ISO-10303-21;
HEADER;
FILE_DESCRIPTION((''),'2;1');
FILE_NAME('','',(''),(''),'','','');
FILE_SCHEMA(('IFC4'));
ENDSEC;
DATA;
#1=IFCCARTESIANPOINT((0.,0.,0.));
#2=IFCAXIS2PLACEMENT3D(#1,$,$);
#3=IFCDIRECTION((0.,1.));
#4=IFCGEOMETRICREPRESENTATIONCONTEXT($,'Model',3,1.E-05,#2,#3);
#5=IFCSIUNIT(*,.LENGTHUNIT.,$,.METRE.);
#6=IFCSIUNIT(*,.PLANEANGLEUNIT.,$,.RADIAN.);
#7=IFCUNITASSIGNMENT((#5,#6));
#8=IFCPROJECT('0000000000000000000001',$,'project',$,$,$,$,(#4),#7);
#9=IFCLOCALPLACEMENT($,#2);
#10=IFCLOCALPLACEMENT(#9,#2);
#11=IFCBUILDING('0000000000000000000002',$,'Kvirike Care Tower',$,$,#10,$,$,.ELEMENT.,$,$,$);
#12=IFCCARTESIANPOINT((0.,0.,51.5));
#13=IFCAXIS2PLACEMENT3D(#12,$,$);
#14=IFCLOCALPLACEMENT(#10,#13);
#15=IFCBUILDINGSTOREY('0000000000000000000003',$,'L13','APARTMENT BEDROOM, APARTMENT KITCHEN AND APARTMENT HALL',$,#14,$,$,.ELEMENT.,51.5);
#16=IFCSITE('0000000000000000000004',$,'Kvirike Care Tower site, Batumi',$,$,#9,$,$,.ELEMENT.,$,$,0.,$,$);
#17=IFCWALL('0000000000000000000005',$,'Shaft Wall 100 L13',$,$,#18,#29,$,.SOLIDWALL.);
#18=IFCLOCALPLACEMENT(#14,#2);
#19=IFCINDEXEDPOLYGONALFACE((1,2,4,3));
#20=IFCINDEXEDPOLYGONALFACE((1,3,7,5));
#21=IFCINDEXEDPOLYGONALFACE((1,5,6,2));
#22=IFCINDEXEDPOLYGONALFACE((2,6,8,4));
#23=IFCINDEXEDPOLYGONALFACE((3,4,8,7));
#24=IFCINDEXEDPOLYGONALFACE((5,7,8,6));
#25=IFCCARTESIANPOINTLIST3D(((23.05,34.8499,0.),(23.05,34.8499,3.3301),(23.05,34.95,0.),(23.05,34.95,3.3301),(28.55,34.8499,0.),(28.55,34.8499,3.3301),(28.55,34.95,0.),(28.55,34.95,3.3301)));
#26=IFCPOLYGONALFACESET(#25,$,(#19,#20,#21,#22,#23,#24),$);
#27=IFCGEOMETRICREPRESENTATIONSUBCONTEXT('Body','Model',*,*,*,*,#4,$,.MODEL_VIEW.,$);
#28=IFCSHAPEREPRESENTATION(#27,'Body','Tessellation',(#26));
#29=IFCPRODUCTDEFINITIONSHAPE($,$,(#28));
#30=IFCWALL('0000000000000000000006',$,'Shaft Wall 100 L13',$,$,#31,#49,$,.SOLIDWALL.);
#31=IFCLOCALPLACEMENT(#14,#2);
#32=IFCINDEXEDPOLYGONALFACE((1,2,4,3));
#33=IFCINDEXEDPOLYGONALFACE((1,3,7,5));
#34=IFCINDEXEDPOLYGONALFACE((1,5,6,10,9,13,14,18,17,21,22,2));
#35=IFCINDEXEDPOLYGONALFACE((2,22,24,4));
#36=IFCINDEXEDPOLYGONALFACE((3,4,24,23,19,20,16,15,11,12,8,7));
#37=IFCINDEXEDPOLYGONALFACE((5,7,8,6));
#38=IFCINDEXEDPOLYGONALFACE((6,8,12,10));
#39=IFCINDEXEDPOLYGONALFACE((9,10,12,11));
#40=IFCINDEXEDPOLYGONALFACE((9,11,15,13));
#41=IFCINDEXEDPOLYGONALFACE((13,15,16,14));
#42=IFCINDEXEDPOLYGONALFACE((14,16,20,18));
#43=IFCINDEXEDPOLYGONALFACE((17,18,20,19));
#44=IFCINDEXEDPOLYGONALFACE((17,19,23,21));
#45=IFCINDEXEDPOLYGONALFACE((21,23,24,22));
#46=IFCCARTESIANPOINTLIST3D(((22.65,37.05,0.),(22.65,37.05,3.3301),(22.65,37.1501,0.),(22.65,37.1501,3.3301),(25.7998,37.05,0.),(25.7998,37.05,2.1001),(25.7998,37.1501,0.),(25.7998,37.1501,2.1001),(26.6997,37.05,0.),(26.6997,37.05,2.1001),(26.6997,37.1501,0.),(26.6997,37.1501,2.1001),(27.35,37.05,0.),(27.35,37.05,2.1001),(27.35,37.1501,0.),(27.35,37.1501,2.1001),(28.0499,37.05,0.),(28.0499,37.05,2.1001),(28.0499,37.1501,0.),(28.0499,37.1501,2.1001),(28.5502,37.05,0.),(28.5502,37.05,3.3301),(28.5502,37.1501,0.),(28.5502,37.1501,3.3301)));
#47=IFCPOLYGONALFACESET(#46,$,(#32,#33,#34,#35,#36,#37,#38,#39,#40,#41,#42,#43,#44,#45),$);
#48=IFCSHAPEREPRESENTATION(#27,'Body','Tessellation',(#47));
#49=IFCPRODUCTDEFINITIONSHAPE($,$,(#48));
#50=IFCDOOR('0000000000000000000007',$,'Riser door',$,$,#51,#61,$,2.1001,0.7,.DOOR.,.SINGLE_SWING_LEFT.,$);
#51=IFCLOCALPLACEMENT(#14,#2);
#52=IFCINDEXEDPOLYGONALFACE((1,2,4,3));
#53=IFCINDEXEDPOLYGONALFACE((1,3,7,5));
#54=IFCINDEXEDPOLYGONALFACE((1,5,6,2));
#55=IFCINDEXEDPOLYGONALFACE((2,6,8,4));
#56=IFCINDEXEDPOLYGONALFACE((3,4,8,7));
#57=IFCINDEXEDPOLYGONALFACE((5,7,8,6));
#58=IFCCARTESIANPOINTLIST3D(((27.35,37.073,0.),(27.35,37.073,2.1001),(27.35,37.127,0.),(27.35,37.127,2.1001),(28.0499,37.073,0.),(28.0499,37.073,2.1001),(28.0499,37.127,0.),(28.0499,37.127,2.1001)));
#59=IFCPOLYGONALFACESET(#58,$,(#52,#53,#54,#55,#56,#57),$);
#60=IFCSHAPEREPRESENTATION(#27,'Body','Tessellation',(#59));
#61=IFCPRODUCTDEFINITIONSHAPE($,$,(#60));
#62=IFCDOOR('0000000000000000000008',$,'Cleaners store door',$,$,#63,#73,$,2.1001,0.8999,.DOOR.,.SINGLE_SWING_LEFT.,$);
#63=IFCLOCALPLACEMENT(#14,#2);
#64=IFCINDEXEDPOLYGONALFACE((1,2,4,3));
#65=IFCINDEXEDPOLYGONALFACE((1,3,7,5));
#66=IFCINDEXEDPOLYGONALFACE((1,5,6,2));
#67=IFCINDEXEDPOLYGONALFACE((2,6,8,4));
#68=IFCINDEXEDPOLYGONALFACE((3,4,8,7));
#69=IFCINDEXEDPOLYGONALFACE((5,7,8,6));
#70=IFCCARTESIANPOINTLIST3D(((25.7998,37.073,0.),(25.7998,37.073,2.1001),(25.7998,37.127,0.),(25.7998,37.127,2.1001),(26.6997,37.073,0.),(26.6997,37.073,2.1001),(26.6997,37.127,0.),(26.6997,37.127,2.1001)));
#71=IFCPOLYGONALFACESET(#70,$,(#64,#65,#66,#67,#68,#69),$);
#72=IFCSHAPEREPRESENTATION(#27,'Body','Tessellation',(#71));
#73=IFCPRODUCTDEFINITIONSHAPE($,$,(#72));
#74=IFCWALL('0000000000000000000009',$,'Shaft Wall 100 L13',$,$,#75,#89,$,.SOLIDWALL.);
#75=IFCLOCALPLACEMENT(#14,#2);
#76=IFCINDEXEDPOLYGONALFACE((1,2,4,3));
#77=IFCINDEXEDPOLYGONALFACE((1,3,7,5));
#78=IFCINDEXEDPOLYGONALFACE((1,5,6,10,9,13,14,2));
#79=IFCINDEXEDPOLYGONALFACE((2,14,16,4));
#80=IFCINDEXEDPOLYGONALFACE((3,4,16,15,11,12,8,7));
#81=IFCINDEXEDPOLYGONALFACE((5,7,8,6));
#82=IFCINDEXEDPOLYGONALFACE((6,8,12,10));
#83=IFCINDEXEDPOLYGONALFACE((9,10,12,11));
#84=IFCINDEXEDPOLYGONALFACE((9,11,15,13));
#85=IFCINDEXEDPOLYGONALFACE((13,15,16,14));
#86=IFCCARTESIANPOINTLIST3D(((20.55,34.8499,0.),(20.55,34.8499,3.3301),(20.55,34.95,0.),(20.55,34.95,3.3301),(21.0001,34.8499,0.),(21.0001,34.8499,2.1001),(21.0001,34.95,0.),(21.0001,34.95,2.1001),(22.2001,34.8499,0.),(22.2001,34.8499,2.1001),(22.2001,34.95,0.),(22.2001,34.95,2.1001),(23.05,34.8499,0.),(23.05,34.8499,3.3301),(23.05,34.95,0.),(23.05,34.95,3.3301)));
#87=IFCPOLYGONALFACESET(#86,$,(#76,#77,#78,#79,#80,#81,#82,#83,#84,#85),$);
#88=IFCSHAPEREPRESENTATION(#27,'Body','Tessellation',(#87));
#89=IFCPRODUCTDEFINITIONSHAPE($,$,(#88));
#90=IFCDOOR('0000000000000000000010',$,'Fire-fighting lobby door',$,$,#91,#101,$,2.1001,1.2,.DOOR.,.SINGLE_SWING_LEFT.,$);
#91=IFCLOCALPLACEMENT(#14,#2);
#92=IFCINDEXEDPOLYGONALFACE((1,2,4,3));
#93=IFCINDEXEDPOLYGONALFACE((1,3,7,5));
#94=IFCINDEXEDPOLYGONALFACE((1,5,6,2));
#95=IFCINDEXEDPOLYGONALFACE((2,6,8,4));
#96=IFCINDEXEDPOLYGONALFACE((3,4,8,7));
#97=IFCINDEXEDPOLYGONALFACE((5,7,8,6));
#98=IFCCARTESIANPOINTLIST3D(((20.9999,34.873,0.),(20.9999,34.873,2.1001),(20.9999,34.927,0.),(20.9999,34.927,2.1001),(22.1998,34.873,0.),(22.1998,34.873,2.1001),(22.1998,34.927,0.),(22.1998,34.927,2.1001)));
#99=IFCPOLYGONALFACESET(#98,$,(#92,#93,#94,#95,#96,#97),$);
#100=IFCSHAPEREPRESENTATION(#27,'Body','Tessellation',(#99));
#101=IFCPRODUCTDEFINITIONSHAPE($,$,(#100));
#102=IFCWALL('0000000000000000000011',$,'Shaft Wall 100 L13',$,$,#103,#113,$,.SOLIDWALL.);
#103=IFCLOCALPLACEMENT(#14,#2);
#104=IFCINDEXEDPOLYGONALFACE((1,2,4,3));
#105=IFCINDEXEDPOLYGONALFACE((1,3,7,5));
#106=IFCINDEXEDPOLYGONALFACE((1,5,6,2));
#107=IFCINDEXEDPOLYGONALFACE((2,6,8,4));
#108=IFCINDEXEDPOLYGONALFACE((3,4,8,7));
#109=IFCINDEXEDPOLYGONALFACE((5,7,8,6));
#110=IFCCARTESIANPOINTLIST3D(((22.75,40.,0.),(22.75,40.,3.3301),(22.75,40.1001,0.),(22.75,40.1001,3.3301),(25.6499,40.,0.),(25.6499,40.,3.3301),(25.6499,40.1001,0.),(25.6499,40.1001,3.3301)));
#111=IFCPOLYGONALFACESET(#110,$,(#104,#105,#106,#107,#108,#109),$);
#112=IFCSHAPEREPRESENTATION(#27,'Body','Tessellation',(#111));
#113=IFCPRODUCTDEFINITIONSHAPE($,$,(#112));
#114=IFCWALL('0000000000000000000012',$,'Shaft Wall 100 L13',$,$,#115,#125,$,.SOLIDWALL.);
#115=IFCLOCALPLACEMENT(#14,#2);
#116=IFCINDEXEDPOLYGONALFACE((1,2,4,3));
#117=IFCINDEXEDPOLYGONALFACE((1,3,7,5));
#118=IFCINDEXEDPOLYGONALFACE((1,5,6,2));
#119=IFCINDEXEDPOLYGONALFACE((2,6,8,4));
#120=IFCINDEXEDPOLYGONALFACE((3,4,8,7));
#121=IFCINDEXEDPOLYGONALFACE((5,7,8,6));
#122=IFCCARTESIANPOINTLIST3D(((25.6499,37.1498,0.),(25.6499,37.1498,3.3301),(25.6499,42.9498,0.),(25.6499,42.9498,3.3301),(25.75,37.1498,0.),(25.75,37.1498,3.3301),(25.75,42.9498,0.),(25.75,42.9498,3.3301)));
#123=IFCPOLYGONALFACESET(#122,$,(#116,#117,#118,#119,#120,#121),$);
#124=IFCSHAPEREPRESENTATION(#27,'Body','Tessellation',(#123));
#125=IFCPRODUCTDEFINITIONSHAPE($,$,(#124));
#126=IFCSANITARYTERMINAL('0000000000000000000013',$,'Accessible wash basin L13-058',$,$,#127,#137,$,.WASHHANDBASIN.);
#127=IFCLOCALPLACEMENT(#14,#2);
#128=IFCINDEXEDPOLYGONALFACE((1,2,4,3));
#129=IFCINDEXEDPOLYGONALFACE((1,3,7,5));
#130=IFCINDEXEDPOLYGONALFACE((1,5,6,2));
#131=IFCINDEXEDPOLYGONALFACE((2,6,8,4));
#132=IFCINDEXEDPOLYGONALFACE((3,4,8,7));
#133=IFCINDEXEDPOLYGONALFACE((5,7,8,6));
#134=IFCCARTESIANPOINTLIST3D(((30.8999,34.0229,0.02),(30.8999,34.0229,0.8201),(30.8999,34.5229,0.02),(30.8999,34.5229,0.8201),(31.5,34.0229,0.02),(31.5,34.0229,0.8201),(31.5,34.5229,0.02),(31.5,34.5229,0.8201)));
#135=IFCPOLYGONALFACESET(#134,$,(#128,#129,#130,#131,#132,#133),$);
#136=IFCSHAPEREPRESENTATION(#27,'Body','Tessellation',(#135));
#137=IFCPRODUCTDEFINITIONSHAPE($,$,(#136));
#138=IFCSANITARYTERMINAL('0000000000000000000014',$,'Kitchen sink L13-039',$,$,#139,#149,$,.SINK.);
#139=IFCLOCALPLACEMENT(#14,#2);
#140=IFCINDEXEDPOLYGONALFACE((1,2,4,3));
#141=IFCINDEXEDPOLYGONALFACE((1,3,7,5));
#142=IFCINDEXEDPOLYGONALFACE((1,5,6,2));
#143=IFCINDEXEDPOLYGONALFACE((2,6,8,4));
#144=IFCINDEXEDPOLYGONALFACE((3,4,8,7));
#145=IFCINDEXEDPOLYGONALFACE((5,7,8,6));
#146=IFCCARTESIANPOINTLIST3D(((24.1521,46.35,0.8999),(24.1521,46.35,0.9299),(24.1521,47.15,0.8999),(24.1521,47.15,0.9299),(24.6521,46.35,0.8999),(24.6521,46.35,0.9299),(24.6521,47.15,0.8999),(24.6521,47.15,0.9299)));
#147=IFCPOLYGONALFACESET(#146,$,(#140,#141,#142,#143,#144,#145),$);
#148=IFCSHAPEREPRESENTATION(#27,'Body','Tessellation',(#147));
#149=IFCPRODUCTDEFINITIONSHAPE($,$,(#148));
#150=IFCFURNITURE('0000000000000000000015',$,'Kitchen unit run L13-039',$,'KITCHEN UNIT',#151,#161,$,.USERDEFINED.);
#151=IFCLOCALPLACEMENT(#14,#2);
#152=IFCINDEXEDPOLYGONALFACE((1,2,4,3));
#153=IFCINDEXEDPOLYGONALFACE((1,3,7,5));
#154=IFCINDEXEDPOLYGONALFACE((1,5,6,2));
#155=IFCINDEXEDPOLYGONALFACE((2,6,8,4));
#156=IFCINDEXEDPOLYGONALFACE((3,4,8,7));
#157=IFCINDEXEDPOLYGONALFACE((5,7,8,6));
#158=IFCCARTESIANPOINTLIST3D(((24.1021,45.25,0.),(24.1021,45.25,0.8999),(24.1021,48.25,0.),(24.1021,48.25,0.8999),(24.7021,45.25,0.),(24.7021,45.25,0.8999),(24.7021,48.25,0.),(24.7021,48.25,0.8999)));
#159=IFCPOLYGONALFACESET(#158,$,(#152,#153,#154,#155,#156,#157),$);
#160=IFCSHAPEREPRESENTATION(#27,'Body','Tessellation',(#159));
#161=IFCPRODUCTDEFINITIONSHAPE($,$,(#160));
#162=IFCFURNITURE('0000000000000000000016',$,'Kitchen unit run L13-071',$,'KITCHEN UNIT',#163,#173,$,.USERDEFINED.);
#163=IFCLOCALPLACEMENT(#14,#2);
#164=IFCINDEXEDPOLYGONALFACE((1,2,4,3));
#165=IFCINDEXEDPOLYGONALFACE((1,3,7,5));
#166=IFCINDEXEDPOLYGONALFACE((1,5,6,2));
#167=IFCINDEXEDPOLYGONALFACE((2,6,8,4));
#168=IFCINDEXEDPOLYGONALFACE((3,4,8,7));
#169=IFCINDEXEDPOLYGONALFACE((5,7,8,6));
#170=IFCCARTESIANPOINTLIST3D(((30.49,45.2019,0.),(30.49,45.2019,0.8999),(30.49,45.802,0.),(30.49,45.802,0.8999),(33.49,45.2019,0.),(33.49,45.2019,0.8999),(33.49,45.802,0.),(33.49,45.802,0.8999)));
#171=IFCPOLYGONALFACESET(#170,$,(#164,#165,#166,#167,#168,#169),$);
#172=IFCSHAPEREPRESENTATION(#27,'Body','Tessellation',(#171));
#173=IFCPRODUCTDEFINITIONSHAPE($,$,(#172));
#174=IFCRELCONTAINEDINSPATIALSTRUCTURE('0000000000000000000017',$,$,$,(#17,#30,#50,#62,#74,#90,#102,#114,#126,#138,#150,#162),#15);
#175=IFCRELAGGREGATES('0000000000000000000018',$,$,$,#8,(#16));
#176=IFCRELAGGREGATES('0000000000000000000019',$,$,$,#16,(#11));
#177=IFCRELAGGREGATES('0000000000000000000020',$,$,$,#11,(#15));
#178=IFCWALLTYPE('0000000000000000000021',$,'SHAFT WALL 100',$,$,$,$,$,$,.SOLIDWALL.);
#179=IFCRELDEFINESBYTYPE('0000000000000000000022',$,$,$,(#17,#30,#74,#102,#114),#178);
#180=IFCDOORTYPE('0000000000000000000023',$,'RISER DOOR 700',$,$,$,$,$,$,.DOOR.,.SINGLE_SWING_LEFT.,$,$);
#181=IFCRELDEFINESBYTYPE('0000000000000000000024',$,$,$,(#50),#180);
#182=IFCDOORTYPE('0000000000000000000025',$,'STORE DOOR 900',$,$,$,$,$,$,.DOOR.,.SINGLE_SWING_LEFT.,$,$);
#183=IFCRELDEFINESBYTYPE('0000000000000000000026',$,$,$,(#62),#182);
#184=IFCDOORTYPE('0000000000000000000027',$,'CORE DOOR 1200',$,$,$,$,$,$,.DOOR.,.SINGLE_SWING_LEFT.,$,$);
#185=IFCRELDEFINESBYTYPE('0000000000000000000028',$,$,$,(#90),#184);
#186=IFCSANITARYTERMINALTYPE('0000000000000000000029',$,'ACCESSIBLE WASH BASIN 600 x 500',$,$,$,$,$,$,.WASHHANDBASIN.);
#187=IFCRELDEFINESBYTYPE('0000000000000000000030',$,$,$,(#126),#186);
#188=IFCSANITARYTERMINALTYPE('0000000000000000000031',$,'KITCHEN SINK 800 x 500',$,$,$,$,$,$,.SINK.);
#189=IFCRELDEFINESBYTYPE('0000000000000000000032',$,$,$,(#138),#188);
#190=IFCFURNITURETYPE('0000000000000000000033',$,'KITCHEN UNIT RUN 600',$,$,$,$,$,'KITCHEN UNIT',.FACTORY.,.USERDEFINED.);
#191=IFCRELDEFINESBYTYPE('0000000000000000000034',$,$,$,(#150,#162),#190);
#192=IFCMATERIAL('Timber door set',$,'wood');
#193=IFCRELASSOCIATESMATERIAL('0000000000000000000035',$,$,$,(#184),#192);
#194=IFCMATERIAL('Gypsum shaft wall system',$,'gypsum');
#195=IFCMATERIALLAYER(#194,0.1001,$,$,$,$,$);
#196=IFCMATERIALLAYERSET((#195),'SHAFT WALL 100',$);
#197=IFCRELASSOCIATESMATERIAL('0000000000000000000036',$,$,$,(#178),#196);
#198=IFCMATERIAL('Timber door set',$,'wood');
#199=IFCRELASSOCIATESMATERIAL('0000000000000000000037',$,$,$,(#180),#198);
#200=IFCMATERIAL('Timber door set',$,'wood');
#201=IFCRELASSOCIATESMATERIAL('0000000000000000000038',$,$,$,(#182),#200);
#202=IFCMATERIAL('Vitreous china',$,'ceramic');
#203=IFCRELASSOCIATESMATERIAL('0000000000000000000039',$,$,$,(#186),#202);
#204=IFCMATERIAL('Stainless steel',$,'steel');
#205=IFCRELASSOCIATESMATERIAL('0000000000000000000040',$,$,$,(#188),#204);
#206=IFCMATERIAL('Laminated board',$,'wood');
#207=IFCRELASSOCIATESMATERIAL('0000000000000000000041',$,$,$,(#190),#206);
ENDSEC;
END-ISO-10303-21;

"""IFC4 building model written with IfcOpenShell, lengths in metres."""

from ifc_helpers import new_model, si_unit, direction, frame, frame_2d, origin, origin_2d, place, context, subcontext, project, spatial, rectangle, extrude, material, layer, layer_set, type_object, element, fill, save


model = new_model("IFC4")

# Units and contexts
model_context = context("Model", 3, precision=1e-05, world=origin(), true_north=direction((0.0, 1.0)))
body_context = subcontext(model_context, "Body", "Model", "MODEL_VIEW")
ifc_project = project(units=[si_unit("LENGTHUNIT", "METRE"), si_unit("PLANEANGLEUNIT", "RADIAN")], contexts=[model_context])

# Site, building, storey
site_placement = place(None, origin())
site = spatial("IfcSite", under=ifc_project, at=site_placement, Name="Kvirike Care Tower site, Batumi", CompositionType="ELEMENT", RefElevation=0.0)
building_placement = place(site_placement, origin())
building = spatial("IfcBuilding", under=site, at=building_placement, Name="Kvirike Care Tower", CompositionType="ELEMENT")
storey_placement = place(building_placement, frame((0.0, 0.0, 51.5)))
storey = spatial("IfcBuildingStorey", under=building, at=storey_placement, Name="L13", Description="APARTMENT BEDROOM, APARTMENT KITCHEN AND APARTMENT HALL", CompositionType="ELEMENT", Elevation=51.5)

# Shared definitions
ifc_material_1 = material(Name="Timber door set", Category="wood")
door_type_1 = type_object("IfcDoorType", Name="CORE DOOR 1200", OperationType="SINGLE_SWING_LEFT", PredefinedType="DOOR", material=ifc_material_1)

# Shared definitions
ifc_material_2 = material(Name="Gypsum shaft wall system", Category="gypsum")
ifc_layer_1 = layer(ifc_material_2, 0.1001)
ifc_layer_set_1 = layer_set([ifc_layer_1], Name="SHAFT WALL 100")
wall_type_1 = type_object("IfcWallType", Name="SHAFT WALL 100", PredefinedType="SOLIDWALL", material=ifc_layer_set_1)

# Wall
wall_1_placement = place(storey_placement, frame((23.05, 34.8999, 0.0), z_axis=(0.0, 0.0, 1.0), x_axis=(1.0, 0.0, 0.0)))
element("IfcWall", 1, at=wall_1_placement, inside=storey, type_object=wall_type_1, Name="Shaft Wall 100 L13", PredefinedType="SOLIDWALL", context=body_context, shape_type="SweptSolid", body=[
    extrude(rectangle(XDim=5.5, YDim=0.1001, at=frame_2d((2.75, 0.0))), origin(), (0.0, 0.0, 1.0), 3.3301),
])

# Wall, openings, doors
wall_2_placement = place(storey_placement, frame((22.6499, 37.1001, 0.0), z_axis=(0.0, 0.0, 1.0), x_axis=(1.0, 0.0, 0.0)))
wall_2 = element("IfcWall", 2, at=wall_2_placement, inside=storey, type_object=wall_type_1, Name="Shaft Wall 100 L13", PredefinedType="SOLIDWALL", context=body_context, shape_type="SweptSolid", body=[
    extrude(rectangle(XDim=5.9001, YDim=0.1001, at=frame_2d((2.9502, 0.0))), origin(), (0.0, 0.0, 1.0), 3.3301),
])
opening_1_placement = place(wall_2_placement, frame((3.1499, 0.0, 0.0)))
opening_1 = element("IfcOpeningElement", 3, at=opening_1_placement, cuts=wall_2, PredefinedType="OPENING", context=body_context, shape_type="SweptSolid", body=[
    extrude(rectangle(XDim=0.8999, YDim=2.1001, at=frame_2d((0.45, 1.05))), frame((0.0, 0.0605, 0.0), z_axis=(0.0, -1.0, 0.0), x_axis=(1.0, 0.0, 0.0)), (0.0, 0.0, 1.0), 0.1211),
])
opening_2_placement = place(wall_2_placement, frame((4.7, 0.0, 0.0)))
opening_2 = element("IfcOpeningElement", 4, at=opening_2_placement, cuts=wall_2, PredefinedType="OPENING", context=body_context, shape_type="SweptSolid", body=[
    extrude(rectangle(XDim=0.7, YDim=2.1001, at=frame_2d((0.3501, 1.05))), frame((0.0, 0.0605, 0.0), z_axis=(0.0, -1.0, 0.0), x_axis=(1.0, 0.0, 0.0)), (0.0, 0.0, 1.0), 0.1211),
])
ifc_material_3 = material(Name="Timber door set", Category="wood")
door_type_2 = type_object("IfcDoorType", Name="RISER DOOR 700", OperationType="SINGLE_SWING_LEFT", PredefinedType="DOOR", material=ifc_material_3)
door_1_placement = place(opening_2_placement, origin())
door_1 = element("IfcDoor", 5, at=door_1_placement, inside=storey, type_object=door_type_2, Name="Riser door", OperationType="SINGLE_SWING_LEFT", OverallHeight=2.1001, OverallWidth=0.7, PredefinedType="DOOR", context=body_context, shape_type="SweptSolid", body=[
    extrude(rectangle(XDim=0.7, YDim=2.1001, at=frame_2d((0.3501, 1.05))), frame((0.0, 0.0269, 0.0), z_axis=(0.0, -1.0, 0.0), x_axis=(1.0, 0.0, 0.0)), (0.0, 0.0, 1.0), 0.054),
])
fill(opening_2, door_1)
ifc_material_4 = material(Name="Timber door set", Category="wood")
door_type_3 = type_object("IfcDoorType", Name="STORE DOOR 900", OperationType="SINGLE_SWING_LEFT", PredefinedType="DOOR", material=ifc_material_4)
door_2_placement = place(opening_1_placement, origin())
door_2 = element("IfcDoor", 6, at=door_2_placement, inside=storey, type_object=door_type_3, Name="Cleaners store door", OperationType="SINGLE_SWING_LEFT", OverallHeight=2.1001, OverallWidth=0.8999, PredefinedType="DOOR", context=body_context, shape_type="SweptSolid", body=[
    extrude(rectangle(XDim=0.8999, YDim=2.1001, at=frame_2d((0.45, 1.05))), frame((0.0, 0.0269, 0.0), z_axis=(0.0, -1.0, 0.0), x_axis=(1.0, 0.0, 0.0)), (0.0, 0.0, 1.0), 0.054),
])
fill(opening_1, door_2)

# Wall, opening, door
wall_3_placement = place(storey_placement, frame((20.55, 34.8999, 0.0), z_axis=(0.0, 0.0, 1.0), x_axis=(1.0, 0.0, 0.0)))
wall_3 = element("IfcWall", 7, at=wall_3_placement, inside=storey, type_object=wall_type_1, Name="Shaft Wall 100 L13", PredefinedType="SOLIDWALL", context=body_context, shape_type="SweptSolid", body=[
    extrude(rectangle(XDim=2.5, YDim=0.1001, at=frame_2d((1.25, 0.0))), origin(), (0.0, 0.0, 1.0), 3.3301),
])
opening_3_placement = place(wall_3_placement, frame((0.45, 0.0, 0.0)))
opening_3 = element("IfcOpeningElement", 8, at=opening_3_placement, cuts=wall_3, PredefinedType="OPENING", context=body_context, shape_type="SweptSolid", body=[
    extrude(rectangle(XDim=1.2, YDim=2.1001, at=frame_2d((0.6001, 1.05))), frame((0.0, 0.0605, 0.0), z_axis=(0.0, -1.0, 0.0), x_axis=(1.0, 0.0, 0.0)), (0.0, 0.0, 1.0), 0.1211),
])
door_3_placement = place(opening_3_placement, frame((1.2, 0.0, 0.0), z_axis=(0.0, 0.0, 1.0), x_axis=(-1.0, 0.0, 0.0)))
door_3 = element("IfcDoor", 9, at=door_3_placement, inside=storey, type_object=door_type_1, Name="Fire-fighting lobby door", OperationType="SINGLE_SWING_LEFT", OverallHeight=2.1001, OverallWidth=1.2, PredefinedType="DOOR", context=body_context, shape_type="SweptSolid", body=[
    extrude(rectangle(XDim=1.2, YDim=2.1001, at=frame_2d((0.6001, 1.05))), frame((0.0, 0.0269, 0.0), z_axis=(0.0, -1.0, 0.0), x_axis=(1.0, 0.0, 0.0)), (0.0, 0.0, 1.0), 0.054),
])
fill(opening_3, door_3)

# Walls
wall_4_placement = place(storey_placement, frame((22.75, 40.05, 0.0), z_axis=(0.0, 0.0, 1.0), x_axis=(1.0, 0.0, 0.0)))
element("IfcWall", 10, at=wall_4_placement, inside=storey, type_object=wall_type_1, Name="Shaft Wall 100 L13", PredefinedType="SOLIDWALL", context=body_context, shape_type="SweptSolid", body=[
    extrude(rectangle(XDim=2.8999, YDim=0.1001, at=frame_2d((1.45, 0.0))), origin(), (0.0, 0.0, 1.0), 3.3301),
])
wall_5_placement = place(storey_placement, frame((25.7, 37.1499, 0.0), z_axis=(0.0, 0.0, 1.0), x_axis=(0.0, 1.0, 0.0)))
element("IfcWall", 11, at=wall_5_placement, inside=storey, type_object=wall_type_1, Name="Shaft Wall 100 L13", PredefinedType="SOLIDWALL", context=body_context, shape_type="SweptSolid", body=[
    extrude(rectangle(XDim=5.8, YDim=0.1001, at=frame_2d((2.8999, 0.0))), origin(), (0.0, 0.0, 1.0), 3.3301),
])

# Sanitary terminals
ifc_material_5 = material(Name="Vitreous china", Category="ceramic")
sanitary_terminal_type_1 = type_object("IfcSanitaryTerminalType", Name="ACCESSIBLE WASH BASIN 600 x 500", PredefinedType="WASHHANDBASIN", material=ifc_material_5)
sanitary_terminal_1_placement = place(storey_placement, frame((31.2, 34.2729, 0.02), z_axis=(0.0, 0.0, 1.0), x_axis=(1.0, 0.0, 0.0)))
element("IfcSanitaryTerminal", 12, at=sanitary_terminal_1_placement, inside=storey, type_object=sanitary_terminal_type_1, Name="Accessible wash basin L13-058", PredefinedType="WASHHANDBASIN", context=body_context, shape_type="SweptSolid", body=[
    extrude(rectangle(XDim=0.6001, YDim=0.5, at=origin_2d()), origin(), (0.0, 0.0, 1.0), 0.8),
])
ifc_material_6 = material(Name="Stainless steel", Category="steel")
sanitary_terminal_type_2 = type_object("IfcSanitaryTerminalType", Name="KITCHEN SINK 800 x 500", PredefinedType="SINK", material=ifc_material_6)
sanitary_terminal_2_placement = place(storey_placement, frame((24.4021, 46.75, 0.8999), z_axis=(0.0, 0.0, 1.0), x_axis=(0.0, 1.0, 0.0)))
element("IfcSanitaryTerminal", 13, at=sanitary_terminal_2_placement, inside=storey, type_object=sanitary_terminal_type_2, Name="Kitchen sink L13-039", PredefinedType="SINK", context=body_context, shape_type="SweptSolid", body=[
    extrude(rectangle(XDim=0.8, YDim=0.5, at=origin_2d()), origin(), (0.0, 0.0, 1.0), 0.03),
])

# Furniture
ifc_material_7 = material(Name="Laminated board", Category="wood")
furniture_type = type_object("IfcFurnitureType", Name="KITCHEN UNIT RUN 600", ElementType="KITCHEN UNIT", AssemblyPlace="FACTORY", PredefinedType="USERDEFINED", material=ifc_material_7)
for number, where, z_axis, x_axis, name in (
    (14, (24.4021, 46.75, 0.0), (0.0, 0.0, 1.0), (0.0, 1.0, 0.0), "Kitchen unit run L13-039"),
    (15, (31.99, 45.502, 0.0), (0.0, 0.0, 1.0), (-1.0, 0.0, 0.0), "Kitchen unit run L13-071"),
):
    element("IfcFurniture", number, at=place(storey_placement, frame(where, z_axis=z_axis, x_axis=x_axis)), inside=storey, type_object=furniture_type, Name=name, ObjectType="KITCHEN UNIT", PredefinedType="USERDEFINED", context=body_context, shape_type="SweptSolid", body=[
        extrude(rectangle(XDim=3.0, YDim=0.6001, at=origin_2d()), origin(), (0.0, 0.0, 1.0), 0.8999),
    ])

save(model, "model.ifc")
